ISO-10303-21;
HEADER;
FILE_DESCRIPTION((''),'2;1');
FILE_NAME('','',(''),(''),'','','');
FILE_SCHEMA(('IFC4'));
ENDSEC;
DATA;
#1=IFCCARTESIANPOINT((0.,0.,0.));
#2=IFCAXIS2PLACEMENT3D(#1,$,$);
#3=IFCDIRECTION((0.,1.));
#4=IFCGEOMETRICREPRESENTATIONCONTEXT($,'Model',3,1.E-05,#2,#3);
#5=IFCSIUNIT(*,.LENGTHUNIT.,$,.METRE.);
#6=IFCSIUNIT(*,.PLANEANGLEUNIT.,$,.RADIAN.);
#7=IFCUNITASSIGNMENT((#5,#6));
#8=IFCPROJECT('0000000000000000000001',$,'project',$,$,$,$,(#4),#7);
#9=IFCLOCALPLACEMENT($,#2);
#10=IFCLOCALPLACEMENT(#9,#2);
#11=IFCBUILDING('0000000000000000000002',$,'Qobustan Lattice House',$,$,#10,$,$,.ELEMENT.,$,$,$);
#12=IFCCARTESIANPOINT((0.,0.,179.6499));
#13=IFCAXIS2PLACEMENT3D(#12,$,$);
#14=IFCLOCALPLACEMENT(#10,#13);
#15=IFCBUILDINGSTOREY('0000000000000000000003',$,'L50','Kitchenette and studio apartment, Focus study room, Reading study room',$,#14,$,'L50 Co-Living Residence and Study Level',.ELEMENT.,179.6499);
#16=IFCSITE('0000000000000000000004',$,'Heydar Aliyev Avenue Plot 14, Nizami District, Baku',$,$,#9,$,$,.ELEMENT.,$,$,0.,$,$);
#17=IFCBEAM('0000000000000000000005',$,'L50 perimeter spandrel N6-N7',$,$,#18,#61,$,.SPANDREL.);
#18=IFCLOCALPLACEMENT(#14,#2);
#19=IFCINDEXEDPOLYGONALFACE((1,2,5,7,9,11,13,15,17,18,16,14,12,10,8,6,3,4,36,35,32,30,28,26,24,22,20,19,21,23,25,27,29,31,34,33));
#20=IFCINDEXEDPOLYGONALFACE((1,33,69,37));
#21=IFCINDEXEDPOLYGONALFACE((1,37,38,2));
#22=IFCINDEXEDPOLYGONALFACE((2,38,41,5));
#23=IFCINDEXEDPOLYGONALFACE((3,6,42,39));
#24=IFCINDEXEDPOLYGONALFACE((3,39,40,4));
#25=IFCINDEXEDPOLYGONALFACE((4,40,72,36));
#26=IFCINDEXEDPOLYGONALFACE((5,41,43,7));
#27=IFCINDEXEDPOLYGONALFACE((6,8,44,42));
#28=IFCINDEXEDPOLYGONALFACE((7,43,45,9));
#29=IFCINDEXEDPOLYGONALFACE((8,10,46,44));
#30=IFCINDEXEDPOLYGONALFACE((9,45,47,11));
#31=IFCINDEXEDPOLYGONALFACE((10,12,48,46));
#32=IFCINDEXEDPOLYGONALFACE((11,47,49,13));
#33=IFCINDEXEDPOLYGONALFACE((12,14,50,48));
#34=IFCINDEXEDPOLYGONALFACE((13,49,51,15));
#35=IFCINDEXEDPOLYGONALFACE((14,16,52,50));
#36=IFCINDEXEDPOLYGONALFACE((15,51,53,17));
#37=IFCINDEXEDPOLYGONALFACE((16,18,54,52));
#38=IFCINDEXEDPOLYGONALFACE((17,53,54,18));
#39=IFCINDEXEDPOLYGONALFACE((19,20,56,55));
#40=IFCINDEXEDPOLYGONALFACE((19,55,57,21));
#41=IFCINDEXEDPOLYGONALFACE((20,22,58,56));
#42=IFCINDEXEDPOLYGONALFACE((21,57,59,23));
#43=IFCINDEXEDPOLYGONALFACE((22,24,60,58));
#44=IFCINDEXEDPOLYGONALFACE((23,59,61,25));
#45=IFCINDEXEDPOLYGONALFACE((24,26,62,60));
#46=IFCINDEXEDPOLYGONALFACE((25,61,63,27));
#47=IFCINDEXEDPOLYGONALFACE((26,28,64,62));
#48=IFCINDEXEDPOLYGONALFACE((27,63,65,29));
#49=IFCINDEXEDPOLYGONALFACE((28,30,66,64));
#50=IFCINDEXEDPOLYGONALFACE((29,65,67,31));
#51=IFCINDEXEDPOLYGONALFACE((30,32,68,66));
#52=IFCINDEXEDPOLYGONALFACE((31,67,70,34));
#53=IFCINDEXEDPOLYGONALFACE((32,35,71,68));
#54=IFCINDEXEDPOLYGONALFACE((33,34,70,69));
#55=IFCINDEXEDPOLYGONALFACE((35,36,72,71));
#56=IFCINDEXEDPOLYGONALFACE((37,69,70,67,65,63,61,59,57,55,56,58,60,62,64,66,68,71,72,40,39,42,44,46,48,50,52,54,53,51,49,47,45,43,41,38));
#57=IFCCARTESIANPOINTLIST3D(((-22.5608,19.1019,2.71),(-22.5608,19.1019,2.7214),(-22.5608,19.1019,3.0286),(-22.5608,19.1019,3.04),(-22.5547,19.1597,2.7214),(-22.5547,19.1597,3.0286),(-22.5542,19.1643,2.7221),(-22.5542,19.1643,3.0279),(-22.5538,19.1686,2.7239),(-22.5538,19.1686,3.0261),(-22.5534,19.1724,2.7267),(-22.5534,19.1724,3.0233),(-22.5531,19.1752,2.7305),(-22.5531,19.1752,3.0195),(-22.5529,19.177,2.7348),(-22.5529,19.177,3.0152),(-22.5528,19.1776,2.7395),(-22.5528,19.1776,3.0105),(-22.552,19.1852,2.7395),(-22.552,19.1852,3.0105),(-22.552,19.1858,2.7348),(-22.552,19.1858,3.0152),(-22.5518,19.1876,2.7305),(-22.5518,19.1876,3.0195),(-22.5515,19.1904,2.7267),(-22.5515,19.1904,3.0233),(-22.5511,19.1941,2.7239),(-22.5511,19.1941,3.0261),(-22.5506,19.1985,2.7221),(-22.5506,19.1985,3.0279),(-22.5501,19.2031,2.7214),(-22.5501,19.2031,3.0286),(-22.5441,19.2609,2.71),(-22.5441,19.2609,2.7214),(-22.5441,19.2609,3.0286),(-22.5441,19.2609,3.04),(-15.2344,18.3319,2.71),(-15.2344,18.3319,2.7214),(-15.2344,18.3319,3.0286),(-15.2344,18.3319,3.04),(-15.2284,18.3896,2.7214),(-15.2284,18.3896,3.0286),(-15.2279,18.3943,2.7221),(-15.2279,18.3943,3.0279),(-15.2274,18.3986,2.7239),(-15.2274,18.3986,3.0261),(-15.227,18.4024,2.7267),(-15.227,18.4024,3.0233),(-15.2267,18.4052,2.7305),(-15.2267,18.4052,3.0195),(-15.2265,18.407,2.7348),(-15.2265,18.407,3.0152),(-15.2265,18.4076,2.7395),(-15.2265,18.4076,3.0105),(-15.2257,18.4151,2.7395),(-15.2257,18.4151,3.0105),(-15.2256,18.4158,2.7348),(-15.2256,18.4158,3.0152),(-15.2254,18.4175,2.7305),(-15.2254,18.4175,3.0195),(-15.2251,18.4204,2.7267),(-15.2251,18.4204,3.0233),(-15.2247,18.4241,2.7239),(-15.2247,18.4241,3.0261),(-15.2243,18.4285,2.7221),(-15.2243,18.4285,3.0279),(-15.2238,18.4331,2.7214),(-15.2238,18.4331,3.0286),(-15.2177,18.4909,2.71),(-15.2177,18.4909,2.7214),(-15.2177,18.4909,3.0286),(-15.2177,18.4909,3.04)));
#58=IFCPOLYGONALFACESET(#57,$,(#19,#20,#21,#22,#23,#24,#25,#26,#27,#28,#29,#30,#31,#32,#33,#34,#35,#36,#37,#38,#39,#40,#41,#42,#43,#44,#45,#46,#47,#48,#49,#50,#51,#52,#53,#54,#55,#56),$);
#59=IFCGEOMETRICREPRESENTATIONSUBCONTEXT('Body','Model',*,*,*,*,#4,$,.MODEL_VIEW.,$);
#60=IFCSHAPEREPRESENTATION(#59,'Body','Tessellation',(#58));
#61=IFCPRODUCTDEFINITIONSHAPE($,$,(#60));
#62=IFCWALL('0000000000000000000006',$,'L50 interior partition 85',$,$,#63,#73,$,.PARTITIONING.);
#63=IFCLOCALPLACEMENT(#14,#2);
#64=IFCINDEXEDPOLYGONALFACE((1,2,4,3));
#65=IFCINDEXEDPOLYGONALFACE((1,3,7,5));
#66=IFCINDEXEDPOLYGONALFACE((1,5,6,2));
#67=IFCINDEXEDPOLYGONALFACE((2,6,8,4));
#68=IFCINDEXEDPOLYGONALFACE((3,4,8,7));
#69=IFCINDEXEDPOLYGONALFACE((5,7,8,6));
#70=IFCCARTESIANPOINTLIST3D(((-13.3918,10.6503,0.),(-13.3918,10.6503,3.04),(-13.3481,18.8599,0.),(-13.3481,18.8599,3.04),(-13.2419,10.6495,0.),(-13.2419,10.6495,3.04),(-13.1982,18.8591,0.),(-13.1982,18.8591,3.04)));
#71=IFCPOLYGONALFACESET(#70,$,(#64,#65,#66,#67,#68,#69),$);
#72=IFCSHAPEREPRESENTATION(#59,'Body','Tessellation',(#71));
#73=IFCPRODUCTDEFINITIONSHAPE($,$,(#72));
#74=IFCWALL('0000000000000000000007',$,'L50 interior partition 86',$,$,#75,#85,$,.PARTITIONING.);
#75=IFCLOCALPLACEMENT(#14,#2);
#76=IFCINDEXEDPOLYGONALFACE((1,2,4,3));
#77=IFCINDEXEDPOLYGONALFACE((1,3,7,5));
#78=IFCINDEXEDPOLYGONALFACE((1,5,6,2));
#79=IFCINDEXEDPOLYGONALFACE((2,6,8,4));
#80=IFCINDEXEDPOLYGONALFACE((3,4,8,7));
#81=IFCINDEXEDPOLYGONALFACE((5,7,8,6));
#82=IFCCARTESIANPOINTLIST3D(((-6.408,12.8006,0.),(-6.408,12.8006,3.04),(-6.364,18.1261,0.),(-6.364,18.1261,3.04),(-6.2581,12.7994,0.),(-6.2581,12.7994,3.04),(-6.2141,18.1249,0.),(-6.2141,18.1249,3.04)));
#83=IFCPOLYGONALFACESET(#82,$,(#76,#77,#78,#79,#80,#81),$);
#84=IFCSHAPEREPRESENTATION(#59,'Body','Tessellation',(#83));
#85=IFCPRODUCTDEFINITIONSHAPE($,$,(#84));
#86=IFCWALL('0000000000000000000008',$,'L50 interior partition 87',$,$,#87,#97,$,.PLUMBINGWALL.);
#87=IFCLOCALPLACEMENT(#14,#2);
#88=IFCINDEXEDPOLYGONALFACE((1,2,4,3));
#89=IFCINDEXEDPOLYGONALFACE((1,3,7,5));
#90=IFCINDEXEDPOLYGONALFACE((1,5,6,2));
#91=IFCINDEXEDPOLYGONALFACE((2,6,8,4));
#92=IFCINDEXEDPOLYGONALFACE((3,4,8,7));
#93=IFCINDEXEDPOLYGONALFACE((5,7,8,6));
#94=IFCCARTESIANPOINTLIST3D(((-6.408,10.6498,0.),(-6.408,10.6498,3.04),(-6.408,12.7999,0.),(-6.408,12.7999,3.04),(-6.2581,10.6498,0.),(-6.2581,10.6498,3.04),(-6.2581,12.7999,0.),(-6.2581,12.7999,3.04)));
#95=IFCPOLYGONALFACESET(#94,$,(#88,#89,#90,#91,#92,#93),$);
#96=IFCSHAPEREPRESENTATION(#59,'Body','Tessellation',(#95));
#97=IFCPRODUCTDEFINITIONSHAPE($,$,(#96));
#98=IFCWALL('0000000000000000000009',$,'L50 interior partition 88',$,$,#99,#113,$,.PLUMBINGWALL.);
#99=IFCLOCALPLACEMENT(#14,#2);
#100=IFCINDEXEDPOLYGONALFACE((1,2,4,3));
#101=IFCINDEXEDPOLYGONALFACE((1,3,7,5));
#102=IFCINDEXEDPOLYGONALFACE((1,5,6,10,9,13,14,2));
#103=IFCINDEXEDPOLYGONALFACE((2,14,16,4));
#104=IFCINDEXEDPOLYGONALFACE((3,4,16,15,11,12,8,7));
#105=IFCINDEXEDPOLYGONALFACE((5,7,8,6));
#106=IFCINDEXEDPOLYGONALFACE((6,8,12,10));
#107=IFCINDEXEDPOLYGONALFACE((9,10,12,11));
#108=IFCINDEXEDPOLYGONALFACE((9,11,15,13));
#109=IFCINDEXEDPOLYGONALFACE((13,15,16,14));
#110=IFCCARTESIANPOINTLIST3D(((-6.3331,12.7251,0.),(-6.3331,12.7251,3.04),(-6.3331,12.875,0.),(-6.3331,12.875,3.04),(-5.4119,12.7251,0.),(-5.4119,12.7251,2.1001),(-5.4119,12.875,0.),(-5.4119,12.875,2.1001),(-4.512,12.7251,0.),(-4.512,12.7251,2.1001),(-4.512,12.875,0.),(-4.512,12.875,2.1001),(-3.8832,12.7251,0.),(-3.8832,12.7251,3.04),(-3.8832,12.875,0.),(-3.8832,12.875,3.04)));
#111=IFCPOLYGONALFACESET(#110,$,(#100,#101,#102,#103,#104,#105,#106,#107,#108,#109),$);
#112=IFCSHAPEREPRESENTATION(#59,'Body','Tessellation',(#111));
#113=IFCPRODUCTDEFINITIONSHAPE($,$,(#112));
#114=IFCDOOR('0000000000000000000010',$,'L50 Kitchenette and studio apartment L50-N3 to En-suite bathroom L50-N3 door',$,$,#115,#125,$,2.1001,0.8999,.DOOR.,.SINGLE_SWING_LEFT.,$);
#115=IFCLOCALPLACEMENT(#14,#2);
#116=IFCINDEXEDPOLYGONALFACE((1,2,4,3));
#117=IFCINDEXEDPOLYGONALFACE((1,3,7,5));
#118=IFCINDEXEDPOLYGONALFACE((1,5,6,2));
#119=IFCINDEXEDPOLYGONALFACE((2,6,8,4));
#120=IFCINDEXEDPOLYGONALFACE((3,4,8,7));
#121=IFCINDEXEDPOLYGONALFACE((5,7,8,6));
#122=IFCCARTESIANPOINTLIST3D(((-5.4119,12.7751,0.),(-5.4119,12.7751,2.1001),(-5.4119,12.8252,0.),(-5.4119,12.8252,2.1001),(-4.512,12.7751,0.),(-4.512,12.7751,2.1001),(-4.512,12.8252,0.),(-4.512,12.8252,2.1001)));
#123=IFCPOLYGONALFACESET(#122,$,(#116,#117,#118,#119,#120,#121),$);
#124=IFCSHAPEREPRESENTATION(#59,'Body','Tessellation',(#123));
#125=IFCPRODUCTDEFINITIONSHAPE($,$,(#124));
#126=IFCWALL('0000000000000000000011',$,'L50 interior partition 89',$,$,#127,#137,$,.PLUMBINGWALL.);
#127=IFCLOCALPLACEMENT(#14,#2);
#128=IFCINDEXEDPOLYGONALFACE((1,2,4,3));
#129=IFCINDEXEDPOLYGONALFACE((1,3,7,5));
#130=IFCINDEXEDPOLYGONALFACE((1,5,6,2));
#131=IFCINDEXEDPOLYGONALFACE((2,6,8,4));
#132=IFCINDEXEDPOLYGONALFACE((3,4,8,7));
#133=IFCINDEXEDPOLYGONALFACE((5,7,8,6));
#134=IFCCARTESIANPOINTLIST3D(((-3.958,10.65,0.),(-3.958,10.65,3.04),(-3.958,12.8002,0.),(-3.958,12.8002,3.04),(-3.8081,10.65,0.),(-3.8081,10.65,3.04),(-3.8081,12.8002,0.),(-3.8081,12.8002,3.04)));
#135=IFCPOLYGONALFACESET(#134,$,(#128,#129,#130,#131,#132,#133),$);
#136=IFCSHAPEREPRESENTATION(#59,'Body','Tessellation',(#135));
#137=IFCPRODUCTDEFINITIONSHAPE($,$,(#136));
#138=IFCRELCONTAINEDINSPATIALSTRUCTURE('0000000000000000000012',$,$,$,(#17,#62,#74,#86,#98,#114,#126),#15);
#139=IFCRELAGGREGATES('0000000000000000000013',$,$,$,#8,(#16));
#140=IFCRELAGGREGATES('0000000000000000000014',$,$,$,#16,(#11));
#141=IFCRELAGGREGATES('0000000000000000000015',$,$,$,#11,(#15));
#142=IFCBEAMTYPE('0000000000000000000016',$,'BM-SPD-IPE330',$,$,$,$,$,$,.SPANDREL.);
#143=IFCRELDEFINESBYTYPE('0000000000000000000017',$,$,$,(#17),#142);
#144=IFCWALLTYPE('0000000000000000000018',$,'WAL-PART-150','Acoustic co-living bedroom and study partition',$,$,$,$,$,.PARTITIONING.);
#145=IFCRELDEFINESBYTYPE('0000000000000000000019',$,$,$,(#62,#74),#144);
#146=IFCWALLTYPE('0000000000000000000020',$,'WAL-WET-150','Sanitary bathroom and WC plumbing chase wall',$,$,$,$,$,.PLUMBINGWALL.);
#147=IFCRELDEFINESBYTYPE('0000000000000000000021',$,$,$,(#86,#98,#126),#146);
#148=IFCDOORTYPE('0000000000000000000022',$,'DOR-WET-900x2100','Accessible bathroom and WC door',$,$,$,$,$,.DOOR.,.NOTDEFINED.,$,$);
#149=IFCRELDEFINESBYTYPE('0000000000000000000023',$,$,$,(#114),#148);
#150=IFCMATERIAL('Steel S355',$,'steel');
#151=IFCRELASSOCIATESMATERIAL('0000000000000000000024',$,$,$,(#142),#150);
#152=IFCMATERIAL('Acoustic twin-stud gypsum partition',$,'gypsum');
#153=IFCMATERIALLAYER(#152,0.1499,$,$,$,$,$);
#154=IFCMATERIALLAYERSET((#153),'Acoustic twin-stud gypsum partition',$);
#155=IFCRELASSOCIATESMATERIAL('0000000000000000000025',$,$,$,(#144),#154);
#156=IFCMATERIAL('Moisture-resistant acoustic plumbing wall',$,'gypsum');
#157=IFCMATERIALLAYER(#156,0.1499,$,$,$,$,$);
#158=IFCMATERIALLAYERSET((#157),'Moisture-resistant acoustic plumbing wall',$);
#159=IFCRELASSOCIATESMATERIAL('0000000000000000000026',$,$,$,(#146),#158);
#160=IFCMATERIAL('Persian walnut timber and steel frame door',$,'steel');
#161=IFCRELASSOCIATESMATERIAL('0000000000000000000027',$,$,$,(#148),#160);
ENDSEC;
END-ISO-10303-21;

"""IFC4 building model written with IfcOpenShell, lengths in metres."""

from ifc_helpers import new_model, si_unit, direction, frame, frame_2d, origin, origin_2d, place, context, subcontext, project, spatial, rectangle, i_section, extrude, material, layer, layer_set, material_profile, profile_set, type_object, element, fill, save


model = new_model("IFC4")

# Units and contexts
model_context = context("Model", 3, precision=1e-05, world=origin(), true_north=direction((0.0, 1.0)))
body_context = subcontext(model_context, "Body", "Model", "MODEL_VIEW")
ifc_project = project(units=[si_unit("LENGTHUNIT", "METRE"), si_unit("PLANEANGLEUNIT", "RADIAN")], contexts=[model_context])

# Site, building, storey
site_placement = place(None, origin())
site = spatial("IfcSite", under=ifc_project, at=site_placement, Name="Heydar Aliyev Avenue Plot 14, Nizami District, Baku", CompositionType="ELEMENT", RefElevation=0.0)
building_placement = place(site_placement, origin())
building = spatial("IfcBuilding", under=site, at=building_placement, Name="Qobustan Lattice House", CompositionType="ELEMENT")
storey_placement = place(building_placement, frame((0.0, 0.0, 179.6499)))
storey = spatial("IfcBuildingStorey", under=building, at=storey_placement, Name="L50", Description="Kitchenette and studio apartment, Focus study room, Reading study room", LongName="L50 Co-Living Residence and Study Level", CompositionType="ELEMENT", Elevation=179.6499)

# Beam
ifc_material_1 = material(Name="Steel S355", Category="steel")
ifc_material_profile_1 = material_profile(ifc_material_1, i_section(OverallWidth=0.1599, OverallDepth=0.3301, WebThickness=0.0076, FlangeThickness=0.0115, FilletRadius=0.0181, at=origin_2d()), Name="IPE330")
ifc_profile_set_1 = profile_set([ifc_material_profile_1], Name="Steel S355")
beam_type_1 = type_object("IfcBeamType", Name="BM-SPD-IPE330", PredefinedType="SPANDREL", material=ifc_profile_set_1)
beam_1_placement = place(storey_placement, frame((-15.2261, 18.4114, 2.875), z_axis=(-0.994522, 0.104526, 0.0), x_axis=(-0.104526, -0.994522, 0.0)))
element("IfcBeam", 1, at=beam_1_placement, inside=storey, type_object=beam_type_1, Name="L50 perimeter spandrel N6-N7", PredefinedType="SPANDREL", context=body_context, shape_type="SweptSolid", body=[
    extrude(i_section(OverallWidth=0.1599, OverallDepth=0.3301, WebThickness=0.0076, FlangeThickness=0.0115, FilletRadius=0.0181, at=origin_2d()), origin(), (0.0, 0.0, 1.0), 7.3667),
])

# Walls
ifc_material_2 = material(Name="Acoustic twin-stud gypsum partition", Category="gypsum")
ifc_layer_1 = layer(ifc_material_2, 0.1499)
ifc_layer_set_1 = layer_set([ifc_layer_1], Name="Acoustic twin-stud gypsum partition")
wall_type_1 = type_object("IfcWallType", Name="WAL-PART-150", Description="Acoustic co-living bedroom and study partition", PredefinedType="PARTITIONING", material=ifc_layer_set_1)
wall_1_placement = place(storey_placement, frame((-13.2732, 18.8596, 0.0), z_axis=(0.0, 0.0, 1.0), x_axis=(-0.005323, -0.999986, 0.0)))
element("IfcWall", 2, at=wall_1_placement, inside=storey, type_object=wall_type_1, Name="L50 interior partition 85", PredefinedType="PARTITIONING", context=body_context, shape_type="SweptSolid", body=[
    extrude(rectangle(XDim=8.2097, YDim=0.1499, at=frame_2d((4.105, 0.0))), origin(), (0.0, 0.0, 1.0), 3.04),
])
wall_2_placement = place(storey_placement, frame((-6.2891, 18.1255, 0.0), z_axis=(0.0, 0.0, 1.0), x_axis=(-0.008252, -0.999966, 0.0)))
element("IfcWall", 3, at=wall_2_placement, inside=storey, type_object=wall_type_1, Name="L50 interior partition 86", PredefinedType="PARTITIONING", context=body_context, shape_type="SweptSolid", body=[
    extrude(rectangle(XDim=5.3257, YDim=0.1499, at=frame_2d((2.6628, 0.0))), origin(), (0.0, 0.0, 1.0), 3.04),
])
ifc_material_3 = material(Name="Moisture-resistant acoustic plumbing wall", Category="gypsum")
ifc_layer_2 = layer(ifc_material_3, 0.1499)
ifc_layer_set_2 = layer_set([ifc_layer_2], Name="Moisture-resistant acoustic plumbing wall")
wall_type_2 = type_object("IfcWallType", Name="WAL-WET-150", Description="Sanitary bathroom and WC plumbing chase wall", PredefinedType="PLUMBINGWALL", material=ifc_layer_set_2)
wall_3_placement = place(storey_placement, frame((-6.333, 12.8, 0.0), z_axis=(0.0, 0.0, 1.0), x_axis=(0.0, -1.0, 0.0)))
element("IfcWall", 4, at=wall_3_placement, inside=storey, type_object=wall_type_2, Name="L50 interior partition 87", PredefinedType="PLUMBINGWALL", context=body_context, shape_type="SweptSolid", body=[
    extrude(rectangle(XDim=2.1501, YDim=0.1499, at=frame_2d((1.0752, 0.0))), origin(), (0.0, 0.0, 1.0), 3.04),
])

# Wall, opening, door
wall_4_placement = place(storey_placement, frame((-3.8831, 12.8, 0.0), z_axis=(0.0, 0.0, 1.0), x_axis=(-1.0, 0.0, 0.0)))
wall_4 = element("IfcWall", 5, at=wall_4_placement, inside=storey, type_object=wall_type_2, Name="L50 interior partition 88", PredefinedType="PLUMBINGWALL", context=body_context, shape_type="SweptSolid", body=[
    extrude(rectangle(XDim=2.45, YDim=0.1499, at=frame_2d((1.2251, 0.0))), origin(), (0.0, 0.0, 1.0), 3.04),
])
opening_1_placement = place(wall_4_placement, frame((0.6289, 0.0, 0.0)))
opening_1 = element("IfcOpeningElement", 6, at=opening_1_placement, cuts=wall_4, PredefinedType="OPENING", context=body_context, shape_type="SweptSolid", body=[
    extrude(rectangle(XDim=0.8999, YDim=2.1001, at=frame_2d((0.45, 1.05))), frame((0.0, 0.085, 0.0), z_axis=(0.0, -1.0, 0.0), x_axis=(1.0, 0.0, 0.0)), (0.0, 0.0, 1.0), 0.1699),
])
ifc_material_4 = material(Name="Persian walnut timber and steel frame door", Category="steel")
door_type_1 = type_object("IfcDoorType", Name="DOR-WET-900x2100", Description="Accessible bathroom and WC door", OperationType="NOTDEFINED", PredefinedType="DOOR", material=ifc_material_4)
door_1_placement = place(opening_1_placement, origin())
door_1 = element("IfcDoor", 7, at=door_1_placement, inside=storey, type_object=door_type_1, Name="L50 Kitchenette and studio apartment L50-N3 to En-suite bathroom L50-N3 door", OperationType="SINGLE_SWING_LEFT", OverallHeight=2.1001, OverallWidth=0.8999, PredefinedType="DOOR", context=body_context, shape_type="SweptSolid", body=[
    extrude(rectangle(XDim=0.8999, YDim=2.1001, at=frame_2d((0.45, 1.05))), frame((0.0, 0.0249, 0.0), z_axis=(0.0, -1.0, 0.0), x_axis=(1.0, 0.0, 0.0)), (0.0, 0.0, 1.0), 0.05),
])
fill(opening_1, door_1)

# Wall
wall_5_placement = place(storey_placement, frame((-3.8831, 10.6499, 0.0), z_axis=(0.0, 0.0, 1.0), x_axis=(0.0, 1.0, 0.0)))
element("IfcWall", 8, at=wall_5_placement, inside=storey, type_object=wall_type_2, Name="L50 interior partition 89", PredefinedType="PLUMBINGWALL", context=body_context, shape_type="SweptSolid", body=[
    extrude(rectangle(XDim=2.1501, YDim=0.1499, at=frame_2d((1.0752, 0.0))), origin(), (0.0, 0.0, 1.0), 3.04),
])

save(model, "model.ifc")
